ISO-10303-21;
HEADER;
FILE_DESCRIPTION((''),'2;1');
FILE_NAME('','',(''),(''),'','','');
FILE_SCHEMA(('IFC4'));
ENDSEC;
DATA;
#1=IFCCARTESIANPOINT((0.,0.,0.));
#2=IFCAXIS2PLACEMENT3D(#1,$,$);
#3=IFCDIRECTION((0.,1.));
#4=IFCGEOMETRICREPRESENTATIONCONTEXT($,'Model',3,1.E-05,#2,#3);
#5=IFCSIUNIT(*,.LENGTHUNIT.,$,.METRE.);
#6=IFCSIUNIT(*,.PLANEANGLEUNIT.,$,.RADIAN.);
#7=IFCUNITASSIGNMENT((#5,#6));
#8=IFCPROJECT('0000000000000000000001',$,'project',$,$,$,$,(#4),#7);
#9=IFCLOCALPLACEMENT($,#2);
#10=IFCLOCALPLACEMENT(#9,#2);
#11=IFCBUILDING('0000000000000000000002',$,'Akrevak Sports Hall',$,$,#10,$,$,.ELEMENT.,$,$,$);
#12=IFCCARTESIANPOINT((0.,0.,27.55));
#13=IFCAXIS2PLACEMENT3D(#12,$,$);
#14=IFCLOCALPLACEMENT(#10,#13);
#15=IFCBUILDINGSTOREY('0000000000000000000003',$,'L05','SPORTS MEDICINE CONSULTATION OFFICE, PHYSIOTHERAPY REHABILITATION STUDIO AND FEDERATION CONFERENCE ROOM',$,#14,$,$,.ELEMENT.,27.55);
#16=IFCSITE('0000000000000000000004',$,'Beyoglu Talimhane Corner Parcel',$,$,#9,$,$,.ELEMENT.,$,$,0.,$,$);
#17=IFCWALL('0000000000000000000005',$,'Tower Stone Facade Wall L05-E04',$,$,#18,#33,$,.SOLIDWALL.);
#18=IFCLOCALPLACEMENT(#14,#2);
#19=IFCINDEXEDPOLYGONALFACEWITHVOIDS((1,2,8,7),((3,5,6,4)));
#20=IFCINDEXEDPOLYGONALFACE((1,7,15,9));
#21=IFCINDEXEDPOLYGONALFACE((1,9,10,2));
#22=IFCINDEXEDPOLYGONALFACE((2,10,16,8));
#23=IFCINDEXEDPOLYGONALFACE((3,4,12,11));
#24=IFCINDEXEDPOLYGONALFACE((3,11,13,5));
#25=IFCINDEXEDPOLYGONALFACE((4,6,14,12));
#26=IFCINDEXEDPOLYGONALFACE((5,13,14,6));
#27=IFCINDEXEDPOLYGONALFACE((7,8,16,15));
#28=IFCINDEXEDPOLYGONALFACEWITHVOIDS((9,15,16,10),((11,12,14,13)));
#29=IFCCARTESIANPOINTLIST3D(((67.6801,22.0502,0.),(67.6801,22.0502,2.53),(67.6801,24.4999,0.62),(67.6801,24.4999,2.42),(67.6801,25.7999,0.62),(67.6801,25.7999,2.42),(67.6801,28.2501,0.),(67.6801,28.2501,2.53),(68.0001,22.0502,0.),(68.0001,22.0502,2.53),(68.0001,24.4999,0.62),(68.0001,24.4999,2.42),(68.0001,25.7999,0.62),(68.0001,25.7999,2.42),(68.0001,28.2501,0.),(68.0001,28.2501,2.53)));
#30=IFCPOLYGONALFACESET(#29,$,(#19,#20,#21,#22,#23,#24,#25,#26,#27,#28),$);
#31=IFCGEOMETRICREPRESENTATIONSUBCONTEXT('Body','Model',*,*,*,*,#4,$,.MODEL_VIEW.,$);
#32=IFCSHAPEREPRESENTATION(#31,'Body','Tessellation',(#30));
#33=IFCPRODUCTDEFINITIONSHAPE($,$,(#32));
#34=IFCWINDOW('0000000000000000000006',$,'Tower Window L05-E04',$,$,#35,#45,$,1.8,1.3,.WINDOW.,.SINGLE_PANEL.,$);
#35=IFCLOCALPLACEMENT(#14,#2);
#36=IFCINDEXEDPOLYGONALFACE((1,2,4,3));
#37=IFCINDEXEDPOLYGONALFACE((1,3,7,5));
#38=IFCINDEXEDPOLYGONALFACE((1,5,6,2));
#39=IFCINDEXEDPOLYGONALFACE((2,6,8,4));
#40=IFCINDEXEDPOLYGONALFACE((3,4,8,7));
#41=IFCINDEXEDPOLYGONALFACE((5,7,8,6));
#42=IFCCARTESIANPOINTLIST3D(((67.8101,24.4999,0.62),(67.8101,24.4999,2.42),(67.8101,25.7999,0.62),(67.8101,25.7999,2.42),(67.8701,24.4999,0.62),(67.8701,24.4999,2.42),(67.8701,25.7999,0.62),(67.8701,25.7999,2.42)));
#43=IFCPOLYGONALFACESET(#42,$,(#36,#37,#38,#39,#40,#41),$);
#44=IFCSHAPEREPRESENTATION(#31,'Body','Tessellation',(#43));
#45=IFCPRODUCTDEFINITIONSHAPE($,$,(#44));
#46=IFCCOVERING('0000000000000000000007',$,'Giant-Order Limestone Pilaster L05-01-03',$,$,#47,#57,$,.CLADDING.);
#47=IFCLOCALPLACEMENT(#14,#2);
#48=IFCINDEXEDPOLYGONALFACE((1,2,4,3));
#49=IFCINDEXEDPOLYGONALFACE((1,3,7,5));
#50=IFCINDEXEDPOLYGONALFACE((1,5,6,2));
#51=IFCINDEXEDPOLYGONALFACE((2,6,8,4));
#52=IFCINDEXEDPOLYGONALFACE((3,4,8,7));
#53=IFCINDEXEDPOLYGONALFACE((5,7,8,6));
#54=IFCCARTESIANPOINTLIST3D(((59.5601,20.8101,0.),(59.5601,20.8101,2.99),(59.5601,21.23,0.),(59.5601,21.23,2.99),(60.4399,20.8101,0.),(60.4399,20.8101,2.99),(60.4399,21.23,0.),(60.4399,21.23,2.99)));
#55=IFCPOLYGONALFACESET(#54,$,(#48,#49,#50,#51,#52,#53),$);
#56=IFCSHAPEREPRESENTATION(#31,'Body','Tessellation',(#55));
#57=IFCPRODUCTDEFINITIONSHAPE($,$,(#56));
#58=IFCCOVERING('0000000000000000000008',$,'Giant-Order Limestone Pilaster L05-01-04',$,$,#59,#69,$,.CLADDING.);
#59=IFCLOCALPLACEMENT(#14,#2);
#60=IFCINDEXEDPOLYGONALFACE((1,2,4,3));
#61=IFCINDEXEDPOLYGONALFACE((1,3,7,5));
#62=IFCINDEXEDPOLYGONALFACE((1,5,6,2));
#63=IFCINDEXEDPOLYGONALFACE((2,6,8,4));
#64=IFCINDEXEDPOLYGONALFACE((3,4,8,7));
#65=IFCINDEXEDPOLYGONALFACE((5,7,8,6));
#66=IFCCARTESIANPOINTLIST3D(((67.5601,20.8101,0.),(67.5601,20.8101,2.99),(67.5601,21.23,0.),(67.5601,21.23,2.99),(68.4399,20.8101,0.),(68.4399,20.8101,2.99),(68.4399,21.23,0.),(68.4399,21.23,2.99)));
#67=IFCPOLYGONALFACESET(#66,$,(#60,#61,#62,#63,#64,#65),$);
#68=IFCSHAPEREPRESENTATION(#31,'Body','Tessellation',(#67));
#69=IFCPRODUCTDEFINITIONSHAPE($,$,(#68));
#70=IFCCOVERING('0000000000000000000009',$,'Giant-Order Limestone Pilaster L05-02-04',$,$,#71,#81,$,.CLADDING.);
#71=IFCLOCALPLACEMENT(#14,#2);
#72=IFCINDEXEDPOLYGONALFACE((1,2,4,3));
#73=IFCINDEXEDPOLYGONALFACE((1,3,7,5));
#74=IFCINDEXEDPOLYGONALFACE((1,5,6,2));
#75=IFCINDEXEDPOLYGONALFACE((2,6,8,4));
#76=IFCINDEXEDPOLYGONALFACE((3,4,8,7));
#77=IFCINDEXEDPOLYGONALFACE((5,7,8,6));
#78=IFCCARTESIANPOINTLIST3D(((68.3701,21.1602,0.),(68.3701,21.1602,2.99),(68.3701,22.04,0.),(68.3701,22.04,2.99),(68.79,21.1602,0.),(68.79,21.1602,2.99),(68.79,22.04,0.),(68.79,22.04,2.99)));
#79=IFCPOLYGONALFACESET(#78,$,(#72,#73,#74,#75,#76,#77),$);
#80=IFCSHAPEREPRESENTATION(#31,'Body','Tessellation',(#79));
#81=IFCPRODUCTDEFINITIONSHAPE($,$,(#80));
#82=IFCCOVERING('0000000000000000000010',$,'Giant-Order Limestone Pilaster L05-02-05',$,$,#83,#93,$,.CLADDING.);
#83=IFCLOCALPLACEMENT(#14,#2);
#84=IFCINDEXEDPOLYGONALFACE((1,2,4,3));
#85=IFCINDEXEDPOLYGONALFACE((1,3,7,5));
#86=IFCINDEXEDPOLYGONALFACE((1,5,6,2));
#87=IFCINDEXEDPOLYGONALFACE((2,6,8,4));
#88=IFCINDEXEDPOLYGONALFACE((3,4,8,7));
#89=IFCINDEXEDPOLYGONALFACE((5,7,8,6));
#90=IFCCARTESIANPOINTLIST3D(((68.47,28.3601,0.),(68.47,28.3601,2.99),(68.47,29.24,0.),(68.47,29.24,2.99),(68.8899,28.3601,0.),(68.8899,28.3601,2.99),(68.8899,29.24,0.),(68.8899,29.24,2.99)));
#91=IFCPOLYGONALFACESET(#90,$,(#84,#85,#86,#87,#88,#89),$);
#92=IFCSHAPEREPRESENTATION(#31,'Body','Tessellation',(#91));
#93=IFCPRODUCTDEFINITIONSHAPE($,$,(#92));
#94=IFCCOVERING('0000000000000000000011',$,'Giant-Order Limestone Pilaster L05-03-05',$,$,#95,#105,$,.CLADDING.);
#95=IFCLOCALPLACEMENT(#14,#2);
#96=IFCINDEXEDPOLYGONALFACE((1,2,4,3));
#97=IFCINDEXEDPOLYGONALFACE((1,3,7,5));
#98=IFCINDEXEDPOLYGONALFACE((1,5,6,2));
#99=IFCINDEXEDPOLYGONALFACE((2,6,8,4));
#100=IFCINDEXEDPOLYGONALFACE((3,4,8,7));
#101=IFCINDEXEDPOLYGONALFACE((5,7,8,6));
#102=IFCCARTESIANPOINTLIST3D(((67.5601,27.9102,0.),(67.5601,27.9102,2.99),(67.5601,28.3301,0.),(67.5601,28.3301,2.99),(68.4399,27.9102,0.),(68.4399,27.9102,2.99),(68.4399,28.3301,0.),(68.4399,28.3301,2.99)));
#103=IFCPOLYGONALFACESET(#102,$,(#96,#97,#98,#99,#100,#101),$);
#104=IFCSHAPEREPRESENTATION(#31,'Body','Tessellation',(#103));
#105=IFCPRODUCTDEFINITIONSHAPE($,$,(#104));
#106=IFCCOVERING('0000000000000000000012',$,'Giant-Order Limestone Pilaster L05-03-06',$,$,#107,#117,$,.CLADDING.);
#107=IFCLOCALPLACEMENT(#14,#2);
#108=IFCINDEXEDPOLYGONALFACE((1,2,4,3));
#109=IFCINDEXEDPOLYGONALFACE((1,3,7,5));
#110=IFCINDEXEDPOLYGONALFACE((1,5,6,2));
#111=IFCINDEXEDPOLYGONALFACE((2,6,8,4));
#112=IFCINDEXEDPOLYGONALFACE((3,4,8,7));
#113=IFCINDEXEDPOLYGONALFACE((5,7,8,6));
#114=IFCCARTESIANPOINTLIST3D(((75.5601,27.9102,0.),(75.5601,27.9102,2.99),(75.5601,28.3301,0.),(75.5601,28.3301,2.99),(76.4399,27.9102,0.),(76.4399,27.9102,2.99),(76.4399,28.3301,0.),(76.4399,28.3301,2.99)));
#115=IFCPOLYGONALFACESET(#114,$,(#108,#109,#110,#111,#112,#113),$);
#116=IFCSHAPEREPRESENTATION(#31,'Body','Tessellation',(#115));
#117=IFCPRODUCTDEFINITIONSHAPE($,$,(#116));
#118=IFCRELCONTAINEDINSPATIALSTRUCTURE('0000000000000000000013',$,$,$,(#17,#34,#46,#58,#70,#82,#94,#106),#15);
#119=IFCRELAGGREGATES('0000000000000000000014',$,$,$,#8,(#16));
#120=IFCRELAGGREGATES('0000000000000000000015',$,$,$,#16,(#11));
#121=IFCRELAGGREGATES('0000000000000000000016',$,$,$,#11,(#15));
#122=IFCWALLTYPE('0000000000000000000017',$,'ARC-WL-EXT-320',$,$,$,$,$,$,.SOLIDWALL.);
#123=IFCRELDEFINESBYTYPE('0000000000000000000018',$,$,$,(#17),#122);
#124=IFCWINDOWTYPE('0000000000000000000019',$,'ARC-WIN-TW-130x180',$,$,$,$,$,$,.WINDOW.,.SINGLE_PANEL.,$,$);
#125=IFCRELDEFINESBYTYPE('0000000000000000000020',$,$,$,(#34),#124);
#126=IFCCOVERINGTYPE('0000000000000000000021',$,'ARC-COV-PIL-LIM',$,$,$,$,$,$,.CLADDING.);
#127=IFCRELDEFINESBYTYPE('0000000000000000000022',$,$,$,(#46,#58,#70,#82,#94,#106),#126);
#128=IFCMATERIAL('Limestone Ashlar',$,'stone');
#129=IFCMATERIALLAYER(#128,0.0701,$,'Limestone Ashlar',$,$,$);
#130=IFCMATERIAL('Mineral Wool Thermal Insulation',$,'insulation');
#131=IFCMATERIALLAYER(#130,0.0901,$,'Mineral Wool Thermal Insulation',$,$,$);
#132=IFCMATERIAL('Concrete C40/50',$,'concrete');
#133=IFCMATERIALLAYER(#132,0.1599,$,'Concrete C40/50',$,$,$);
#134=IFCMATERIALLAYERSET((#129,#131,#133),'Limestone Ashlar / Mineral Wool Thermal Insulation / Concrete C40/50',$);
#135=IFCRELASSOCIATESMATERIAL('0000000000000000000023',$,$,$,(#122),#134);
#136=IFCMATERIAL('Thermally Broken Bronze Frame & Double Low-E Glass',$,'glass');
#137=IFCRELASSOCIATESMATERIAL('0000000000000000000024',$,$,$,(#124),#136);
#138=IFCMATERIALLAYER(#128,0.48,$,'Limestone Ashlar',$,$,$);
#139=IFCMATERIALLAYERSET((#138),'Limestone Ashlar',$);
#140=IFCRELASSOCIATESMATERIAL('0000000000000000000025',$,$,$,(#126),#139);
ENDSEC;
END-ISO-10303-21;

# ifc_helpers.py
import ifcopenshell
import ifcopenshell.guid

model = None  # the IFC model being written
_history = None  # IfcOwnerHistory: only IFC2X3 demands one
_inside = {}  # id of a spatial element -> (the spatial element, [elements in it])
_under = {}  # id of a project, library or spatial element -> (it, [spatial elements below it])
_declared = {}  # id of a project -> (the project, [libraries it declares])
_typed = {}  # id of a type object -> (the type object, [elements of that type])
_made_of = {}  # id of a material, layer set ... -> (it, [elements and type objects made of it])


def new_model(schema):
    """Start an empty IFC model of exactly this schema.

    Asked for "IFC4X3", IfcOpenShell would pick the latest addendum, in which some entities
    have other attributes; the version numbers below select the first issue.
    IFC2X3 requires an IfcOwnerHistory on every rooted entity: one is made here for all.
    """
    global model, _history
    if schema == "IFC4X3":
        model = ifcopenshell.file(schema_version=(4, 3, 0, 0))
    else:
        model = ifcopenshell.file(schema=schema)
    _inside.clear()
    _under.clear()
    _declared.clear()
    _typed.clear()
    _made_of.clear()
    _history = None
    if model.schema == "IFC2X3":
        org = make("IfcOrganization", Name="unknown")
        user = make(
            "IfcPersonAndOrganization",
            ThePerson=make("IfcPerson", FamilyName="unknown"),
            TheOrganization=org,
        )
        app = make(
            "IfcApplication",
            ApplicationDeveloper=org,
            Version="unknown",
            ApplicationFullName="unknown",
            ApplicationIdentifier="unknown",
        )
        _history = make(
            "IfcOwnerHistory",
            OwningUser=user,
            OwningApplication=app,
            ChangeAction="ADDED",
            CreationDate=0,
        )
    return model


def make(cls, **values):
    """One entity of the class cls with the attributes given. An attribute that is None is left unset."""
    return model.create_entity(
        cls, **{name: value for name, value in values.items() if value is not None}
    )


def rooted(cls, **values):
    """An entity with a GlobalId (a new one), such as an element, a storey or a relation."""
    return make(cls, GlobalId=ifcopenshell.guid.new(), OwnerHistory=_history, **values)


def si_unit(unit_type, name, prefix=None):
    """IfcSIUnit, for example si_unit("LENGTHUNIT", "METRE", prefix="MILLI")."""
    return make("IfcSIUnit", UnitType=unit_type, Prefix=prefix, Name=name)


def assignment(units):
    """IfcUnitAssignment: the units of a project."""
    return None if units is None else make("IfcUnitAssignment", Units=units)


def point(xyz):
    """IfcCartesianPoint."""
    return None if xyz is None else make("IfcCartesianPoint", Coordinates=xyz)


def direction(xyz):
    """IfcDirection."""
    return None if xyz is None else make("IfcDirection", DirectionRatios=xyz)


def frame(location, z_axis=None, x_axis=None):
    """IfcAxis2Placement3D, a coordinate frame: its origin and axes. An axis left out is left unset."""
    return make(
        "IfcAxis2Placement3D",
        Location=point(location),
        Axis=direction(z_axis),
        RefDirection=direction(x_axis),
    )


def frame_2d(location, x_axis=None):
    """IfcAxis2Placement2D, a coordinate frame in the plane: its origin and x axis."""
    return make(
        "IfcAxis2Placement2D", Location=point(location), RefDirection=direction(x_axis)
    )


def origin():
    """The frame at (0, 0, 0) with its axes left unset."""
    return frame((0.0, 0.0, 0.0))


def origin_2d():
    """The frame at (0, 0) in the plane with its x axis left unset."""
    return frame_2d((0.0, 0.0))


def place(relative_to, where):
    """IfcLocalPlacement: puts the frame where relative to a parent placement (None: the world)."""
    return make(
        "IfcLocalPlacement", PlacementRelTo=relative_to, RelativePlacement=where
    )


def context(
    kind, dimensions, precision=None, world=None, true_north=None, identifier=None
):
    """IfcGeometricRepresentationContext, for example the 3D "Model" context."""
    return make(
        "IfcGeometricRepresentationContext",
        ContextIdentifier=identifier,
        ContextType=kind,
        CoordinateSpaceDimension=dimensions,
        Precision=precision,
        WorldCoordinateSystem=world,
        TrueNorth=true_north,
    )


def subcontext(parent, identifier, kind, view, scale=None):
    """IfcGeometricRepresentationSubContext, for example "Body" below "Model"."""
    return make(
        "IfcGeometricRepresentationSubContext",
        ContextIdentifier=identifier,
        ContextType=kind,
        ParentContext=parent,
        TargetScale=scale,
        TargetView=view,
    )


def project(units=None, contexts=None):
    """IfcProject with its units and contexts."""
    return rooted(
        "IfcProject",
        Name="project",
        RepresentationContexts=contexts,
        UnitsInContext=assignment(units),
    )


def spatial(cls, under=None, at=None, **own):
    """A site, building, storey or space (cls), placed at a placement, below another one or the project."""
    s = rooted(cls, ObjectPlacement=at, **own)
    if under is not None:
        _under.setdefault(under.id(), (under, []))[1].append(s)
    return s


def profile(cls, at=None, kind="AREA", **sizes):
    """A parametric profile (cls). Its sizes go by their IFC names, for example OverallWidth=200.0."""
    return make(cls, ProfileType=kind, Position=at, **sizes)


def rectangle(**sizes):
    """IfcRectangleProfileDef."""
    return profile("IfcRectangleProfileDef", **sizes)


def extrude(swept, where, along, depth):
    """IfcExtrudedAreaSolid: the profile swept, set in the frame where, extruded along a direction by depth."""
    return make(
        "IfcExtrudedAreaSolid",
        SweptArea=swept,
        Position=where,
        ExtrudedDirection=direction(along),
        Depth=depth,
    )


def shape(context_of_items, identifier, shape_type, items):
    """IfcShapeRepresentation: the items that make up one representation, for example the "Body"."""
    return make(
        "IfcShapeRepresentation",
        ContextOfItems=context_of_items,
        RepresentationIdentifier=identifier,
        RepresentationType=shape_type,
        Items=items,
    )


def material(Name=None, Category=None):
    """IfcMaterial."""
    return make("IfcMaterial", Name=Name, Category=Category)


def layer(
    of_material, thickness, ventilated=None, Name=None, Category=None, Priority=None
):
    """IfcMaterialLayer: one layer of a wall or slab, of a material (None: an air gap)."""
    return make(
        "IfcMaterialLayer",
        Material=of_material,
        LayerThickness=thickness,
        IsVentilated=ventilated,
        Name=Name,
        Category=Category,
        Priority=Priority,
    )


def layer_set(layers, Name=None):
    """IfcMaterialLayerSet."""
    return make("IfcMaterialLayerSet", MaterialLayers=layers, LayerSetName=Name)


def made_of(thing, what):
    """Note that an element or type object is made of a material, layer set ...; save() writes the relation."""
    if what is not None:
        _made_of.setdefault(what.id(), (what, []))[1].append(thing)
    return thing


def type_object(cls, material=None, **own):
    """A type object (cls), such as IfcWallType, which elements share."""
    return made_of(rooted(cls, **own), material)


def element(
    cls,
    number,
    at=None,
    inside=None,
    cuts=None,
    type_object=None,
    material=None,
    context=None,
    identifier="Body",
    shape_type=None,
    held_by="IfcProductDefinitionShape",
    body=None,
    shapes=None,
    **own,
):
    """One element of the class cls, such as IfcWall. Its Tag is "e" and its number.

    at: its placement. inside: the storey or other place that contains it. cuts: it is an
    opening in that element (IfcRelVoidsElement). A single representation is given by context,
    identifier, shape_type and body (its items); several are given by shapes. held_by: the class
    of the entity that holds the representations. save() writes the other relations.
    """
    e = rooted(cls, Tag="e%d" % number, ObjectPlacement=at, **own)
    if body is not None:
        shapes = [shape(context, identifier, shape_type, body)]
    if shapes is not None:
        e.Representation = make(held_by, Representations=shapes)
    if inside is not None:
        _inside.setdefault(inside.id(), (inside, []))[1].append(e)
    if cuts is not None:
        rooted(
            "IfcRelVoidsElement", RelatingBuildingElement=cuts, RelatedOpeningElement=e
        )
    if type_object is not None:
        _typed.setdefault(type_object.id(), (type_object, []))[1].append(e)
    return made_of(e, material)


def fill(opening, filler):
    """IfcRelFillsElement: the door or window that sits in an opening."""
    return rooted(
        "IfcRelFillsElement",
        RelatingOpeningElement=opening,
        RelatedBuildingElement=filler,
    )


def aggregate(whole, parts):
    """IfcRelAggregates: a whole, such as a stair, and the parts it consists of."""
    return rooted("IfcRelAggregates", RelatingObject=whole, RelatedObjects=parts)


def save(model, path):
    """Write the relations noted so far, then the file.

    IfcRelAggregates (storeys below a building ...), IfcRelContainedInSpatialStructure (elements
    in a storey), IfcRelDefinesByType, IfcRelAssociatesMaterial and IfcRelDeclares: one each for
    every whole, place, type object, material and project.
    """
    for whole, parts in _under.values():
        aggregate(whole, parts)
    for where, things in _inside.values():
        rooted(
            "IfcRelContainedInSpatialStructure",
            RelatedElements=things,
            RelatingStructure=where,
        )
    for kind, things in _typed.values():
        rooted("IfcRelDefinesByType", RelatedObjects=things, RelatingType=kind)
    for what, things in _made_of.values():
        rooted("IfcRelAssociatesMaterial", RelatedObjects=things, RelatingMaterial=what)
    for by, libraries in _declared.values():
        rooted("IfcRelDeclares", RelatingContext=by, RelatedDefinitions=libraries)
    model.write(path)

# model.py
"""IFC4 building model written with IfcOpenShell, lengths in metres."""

from ifc_helpers import new_model, si_unit, direction, frame, frame_2d, origin, origin_2d, place, context, subcontext, project, spatial, rectangle, extrude, material, layer, layer_set, type_object, element, fill, save


model = new_model("IFC4")

# Units and contexts
model_context = context("Model", 3, precision=1e-05, world=origin(), true_north=direction((0.0, 1.0)))
body_context = subcontext(model_context, "Body", "Model", "MODEL_VIEW")
ifc_project = project(units=[si_unit("LENGTHUNIT", "METRE"), si_unit("PLANEANGLEUNIT", "RADIAN")], contexts=[model_context])

# Site, building, storey
site_placement = place(None, origin())
site = spatial("IfcSite", under=ifc_project, at=site_placement, Name="Beyoglu Talimhane Corner Parcel", CompositionType="ELEMENT", RefElevation=0.0)
building_placement = place(site_placement, origin())
building = spatial("IfcBuilding", under=site, at=building_placement, Name="Akrevak Sports Hall", CompositionType="ELEMENT")
storey_placement = place(building_placement, frame((0.0, 0.0, 27.55)))
storey = spatial("IfcBuildingStorey", under=building, at=storey_placement, Name="L05", Description="SPORTS MEDICINE CONSULTATION OFFICE, PHYSIOTHERAPY REHABILITATION STUDIO AND FEDERATION CONFERENCE ROOM", CompositionType="ELEMENT", Elevation=27.55)

# Shared definitions
ifc_material_1 = material(Name="Concrete C40/50", Category="concrete")

# Wall, opening, window
ifc_material_2 = material(Name="Limestone Ashlar", Category="stone")
ifc_layer_1 = layer(ifc_material_2, 0.0701, Name="Limestone Ashlar")
ifc_material_3 = material(Name="Mineral Wool Thermal Insulation", Category="insulation")
ifc_layer_2 = layer(ifc_material_3, 0.0901, Name="Mineral Wool Thermal Insulation")
ifc_layer_3 = layer(ifc_material_1, 0.1599, Name="Concrete C40/50")
ifc_layer_set_1 = layer_set([ifc_layer_1, ifc_layer_2, ifc_layer_3], Name="Limestone Ashlar / Mineral Wool Thermal Insulation / Concrete C40/50")
wall_type = type_object("IfcWallType", Name="ARC-WL-EXT-320", PredefinedType="SOLIDWALL", material=ifc_layer_set_1)
wall_placement = place(storey_placement, frame((67.8401, 22.05, 0.0), z_axis=(0.0, 0.0, 1.0), x_axis=(0.0, 1.0, 0.0)))
wall = element("IfcWall", 1, at=wall_placement, inside=storey, type_object=wall_type, Name="Tower Stone Facade Wall L05-E04", PredefinedType="SOLIDWALL", context=body_context, shape_type="SweptSolid", body=[
    extrude(rectangle(XDim=6.2, YDim=0.3201, at=frame_2d((3.1001, 0.0))), origin(), (0.0, 0.0, 1.0), 2.53),
])
opening_placement = place(wall_placement, frame((2.45, 0.0, 0.6201)))
opening = element("IfcOpeningElement", 2, at=opening_placement, cuts=wall, PredefinedType="OPENING", context=body_context, shape_type="SweptSolid", body=[
    extrude(rectangle(XDim=1.3, YDim=1.8, at=frame_2d((0.6499, 0.8999))), frame((0.0, 0.1719, 0.0), z_axis=(0.0, -1.0, 0.0), x_axis=(1.0, 0.0, 0.0)), (0.0, 0.0, 1.0), 0.344),
])
ifc_material_4 = material(Name="Thermally Broken Bronze Frame & Double Low-E Glass", Category="glass")
window_type = type_object("IfcWindowType", Name="ARC-WIN-TW-130x180", PartitioningType="SINGLE_PANEL", PredefinedType="WINDOW", material=ifc_material_4)
window_placement = place(opening_placement, origin())
window = element("IfcWindow", 3, at=window_placement, inside=storey, type_object=window_type, Name="Tower Window L05-E04", OverallHeight=1.8, OverallWidth=1.3, PartitioningType="SINGLE_PANEL", PredefinedType="WINDOW", context=body_context, shape_type="SweptSolid", body=[
    extrude(rectangle(XDim=1.3, YDim=1.8, at=frame_2d((0.6499, 0.8999))), frame((0.0, 0.03, 0.0), z_axis=(0.0, -1.0, 0.0), x_axis=(1.0, 0.0, 0.0)), (0.0, 0.0, 1.0), 0.0601),
])
fill(opening, window)

# Coverings
ifc_layer_4 = layer(ifc_material_2, 0.48, Name="Limestone Ashlar")
ifc_layer_set_2 = layer_set([ifc_layer_4], Name="Limestone Ashlar")
covering_type = type_object("IfcCoveringType", Name="ARC-COV-PIL-LIM", PredefinedType="CLADDING", material=ifc_layer_set_2)
for number, where, z_axis, x_axis, name in (
    (4, (60.0, 21.02, 0.0), (0.0, 0.0, 1.0), (1.0, 0.0, 0.0), "Giant-Order Limestone Pilaster L05-01-03"),
    (5, (68.0, 21.02, 0.0), (0.0, 0.0, 1.0), (1.0, 0.0, 0.0), "Giant-Order Limestone Pilaster L05-01-04"),
    (6, (68.5801, 21.6001, 0.0), (0.0, 0.0, 1.0), (0.0, 1.0, 0.0), "Giant-Order Limestone Pilaster L05-02-04"),
    (7, (68.6799, 28.8, 0.0), (0.0, 0.0, 1.0), (0.0, 1.0, 0.0), "Giant-Order Limestone Pilaster L05-02-05"),
    (8, (68.0, 28.1201, 0.0), (0.0, 0.0, 1.0), (1.0, 0.0, 0.0), "Giant-Order Limestone Pilaster L05-03-05"),
    (9, (76.0, 28.1201, 0.0), (0.0, 0.0, 1.0), (1.0, 0.0, 0.0), "Giant-Order Limestone Pilaster L05-03-06"),
):
    element("IfcCovering", number, at=place(storey_placement, frame(where, z_axis=z_axis, x_axis=x_axis)), inside=storey, type_object=covering_type, Name=name, PredefinedType="CLADDING", context=body_context, shape_type="SweptSolid", body=[
        extrude(rectangle(XDim=0.8799, YDim=0.4199, at=origin_2d()), origin(), (0.0, 0.0, 1.0), 2.99),
    ])

save(model, "model.ifc")
